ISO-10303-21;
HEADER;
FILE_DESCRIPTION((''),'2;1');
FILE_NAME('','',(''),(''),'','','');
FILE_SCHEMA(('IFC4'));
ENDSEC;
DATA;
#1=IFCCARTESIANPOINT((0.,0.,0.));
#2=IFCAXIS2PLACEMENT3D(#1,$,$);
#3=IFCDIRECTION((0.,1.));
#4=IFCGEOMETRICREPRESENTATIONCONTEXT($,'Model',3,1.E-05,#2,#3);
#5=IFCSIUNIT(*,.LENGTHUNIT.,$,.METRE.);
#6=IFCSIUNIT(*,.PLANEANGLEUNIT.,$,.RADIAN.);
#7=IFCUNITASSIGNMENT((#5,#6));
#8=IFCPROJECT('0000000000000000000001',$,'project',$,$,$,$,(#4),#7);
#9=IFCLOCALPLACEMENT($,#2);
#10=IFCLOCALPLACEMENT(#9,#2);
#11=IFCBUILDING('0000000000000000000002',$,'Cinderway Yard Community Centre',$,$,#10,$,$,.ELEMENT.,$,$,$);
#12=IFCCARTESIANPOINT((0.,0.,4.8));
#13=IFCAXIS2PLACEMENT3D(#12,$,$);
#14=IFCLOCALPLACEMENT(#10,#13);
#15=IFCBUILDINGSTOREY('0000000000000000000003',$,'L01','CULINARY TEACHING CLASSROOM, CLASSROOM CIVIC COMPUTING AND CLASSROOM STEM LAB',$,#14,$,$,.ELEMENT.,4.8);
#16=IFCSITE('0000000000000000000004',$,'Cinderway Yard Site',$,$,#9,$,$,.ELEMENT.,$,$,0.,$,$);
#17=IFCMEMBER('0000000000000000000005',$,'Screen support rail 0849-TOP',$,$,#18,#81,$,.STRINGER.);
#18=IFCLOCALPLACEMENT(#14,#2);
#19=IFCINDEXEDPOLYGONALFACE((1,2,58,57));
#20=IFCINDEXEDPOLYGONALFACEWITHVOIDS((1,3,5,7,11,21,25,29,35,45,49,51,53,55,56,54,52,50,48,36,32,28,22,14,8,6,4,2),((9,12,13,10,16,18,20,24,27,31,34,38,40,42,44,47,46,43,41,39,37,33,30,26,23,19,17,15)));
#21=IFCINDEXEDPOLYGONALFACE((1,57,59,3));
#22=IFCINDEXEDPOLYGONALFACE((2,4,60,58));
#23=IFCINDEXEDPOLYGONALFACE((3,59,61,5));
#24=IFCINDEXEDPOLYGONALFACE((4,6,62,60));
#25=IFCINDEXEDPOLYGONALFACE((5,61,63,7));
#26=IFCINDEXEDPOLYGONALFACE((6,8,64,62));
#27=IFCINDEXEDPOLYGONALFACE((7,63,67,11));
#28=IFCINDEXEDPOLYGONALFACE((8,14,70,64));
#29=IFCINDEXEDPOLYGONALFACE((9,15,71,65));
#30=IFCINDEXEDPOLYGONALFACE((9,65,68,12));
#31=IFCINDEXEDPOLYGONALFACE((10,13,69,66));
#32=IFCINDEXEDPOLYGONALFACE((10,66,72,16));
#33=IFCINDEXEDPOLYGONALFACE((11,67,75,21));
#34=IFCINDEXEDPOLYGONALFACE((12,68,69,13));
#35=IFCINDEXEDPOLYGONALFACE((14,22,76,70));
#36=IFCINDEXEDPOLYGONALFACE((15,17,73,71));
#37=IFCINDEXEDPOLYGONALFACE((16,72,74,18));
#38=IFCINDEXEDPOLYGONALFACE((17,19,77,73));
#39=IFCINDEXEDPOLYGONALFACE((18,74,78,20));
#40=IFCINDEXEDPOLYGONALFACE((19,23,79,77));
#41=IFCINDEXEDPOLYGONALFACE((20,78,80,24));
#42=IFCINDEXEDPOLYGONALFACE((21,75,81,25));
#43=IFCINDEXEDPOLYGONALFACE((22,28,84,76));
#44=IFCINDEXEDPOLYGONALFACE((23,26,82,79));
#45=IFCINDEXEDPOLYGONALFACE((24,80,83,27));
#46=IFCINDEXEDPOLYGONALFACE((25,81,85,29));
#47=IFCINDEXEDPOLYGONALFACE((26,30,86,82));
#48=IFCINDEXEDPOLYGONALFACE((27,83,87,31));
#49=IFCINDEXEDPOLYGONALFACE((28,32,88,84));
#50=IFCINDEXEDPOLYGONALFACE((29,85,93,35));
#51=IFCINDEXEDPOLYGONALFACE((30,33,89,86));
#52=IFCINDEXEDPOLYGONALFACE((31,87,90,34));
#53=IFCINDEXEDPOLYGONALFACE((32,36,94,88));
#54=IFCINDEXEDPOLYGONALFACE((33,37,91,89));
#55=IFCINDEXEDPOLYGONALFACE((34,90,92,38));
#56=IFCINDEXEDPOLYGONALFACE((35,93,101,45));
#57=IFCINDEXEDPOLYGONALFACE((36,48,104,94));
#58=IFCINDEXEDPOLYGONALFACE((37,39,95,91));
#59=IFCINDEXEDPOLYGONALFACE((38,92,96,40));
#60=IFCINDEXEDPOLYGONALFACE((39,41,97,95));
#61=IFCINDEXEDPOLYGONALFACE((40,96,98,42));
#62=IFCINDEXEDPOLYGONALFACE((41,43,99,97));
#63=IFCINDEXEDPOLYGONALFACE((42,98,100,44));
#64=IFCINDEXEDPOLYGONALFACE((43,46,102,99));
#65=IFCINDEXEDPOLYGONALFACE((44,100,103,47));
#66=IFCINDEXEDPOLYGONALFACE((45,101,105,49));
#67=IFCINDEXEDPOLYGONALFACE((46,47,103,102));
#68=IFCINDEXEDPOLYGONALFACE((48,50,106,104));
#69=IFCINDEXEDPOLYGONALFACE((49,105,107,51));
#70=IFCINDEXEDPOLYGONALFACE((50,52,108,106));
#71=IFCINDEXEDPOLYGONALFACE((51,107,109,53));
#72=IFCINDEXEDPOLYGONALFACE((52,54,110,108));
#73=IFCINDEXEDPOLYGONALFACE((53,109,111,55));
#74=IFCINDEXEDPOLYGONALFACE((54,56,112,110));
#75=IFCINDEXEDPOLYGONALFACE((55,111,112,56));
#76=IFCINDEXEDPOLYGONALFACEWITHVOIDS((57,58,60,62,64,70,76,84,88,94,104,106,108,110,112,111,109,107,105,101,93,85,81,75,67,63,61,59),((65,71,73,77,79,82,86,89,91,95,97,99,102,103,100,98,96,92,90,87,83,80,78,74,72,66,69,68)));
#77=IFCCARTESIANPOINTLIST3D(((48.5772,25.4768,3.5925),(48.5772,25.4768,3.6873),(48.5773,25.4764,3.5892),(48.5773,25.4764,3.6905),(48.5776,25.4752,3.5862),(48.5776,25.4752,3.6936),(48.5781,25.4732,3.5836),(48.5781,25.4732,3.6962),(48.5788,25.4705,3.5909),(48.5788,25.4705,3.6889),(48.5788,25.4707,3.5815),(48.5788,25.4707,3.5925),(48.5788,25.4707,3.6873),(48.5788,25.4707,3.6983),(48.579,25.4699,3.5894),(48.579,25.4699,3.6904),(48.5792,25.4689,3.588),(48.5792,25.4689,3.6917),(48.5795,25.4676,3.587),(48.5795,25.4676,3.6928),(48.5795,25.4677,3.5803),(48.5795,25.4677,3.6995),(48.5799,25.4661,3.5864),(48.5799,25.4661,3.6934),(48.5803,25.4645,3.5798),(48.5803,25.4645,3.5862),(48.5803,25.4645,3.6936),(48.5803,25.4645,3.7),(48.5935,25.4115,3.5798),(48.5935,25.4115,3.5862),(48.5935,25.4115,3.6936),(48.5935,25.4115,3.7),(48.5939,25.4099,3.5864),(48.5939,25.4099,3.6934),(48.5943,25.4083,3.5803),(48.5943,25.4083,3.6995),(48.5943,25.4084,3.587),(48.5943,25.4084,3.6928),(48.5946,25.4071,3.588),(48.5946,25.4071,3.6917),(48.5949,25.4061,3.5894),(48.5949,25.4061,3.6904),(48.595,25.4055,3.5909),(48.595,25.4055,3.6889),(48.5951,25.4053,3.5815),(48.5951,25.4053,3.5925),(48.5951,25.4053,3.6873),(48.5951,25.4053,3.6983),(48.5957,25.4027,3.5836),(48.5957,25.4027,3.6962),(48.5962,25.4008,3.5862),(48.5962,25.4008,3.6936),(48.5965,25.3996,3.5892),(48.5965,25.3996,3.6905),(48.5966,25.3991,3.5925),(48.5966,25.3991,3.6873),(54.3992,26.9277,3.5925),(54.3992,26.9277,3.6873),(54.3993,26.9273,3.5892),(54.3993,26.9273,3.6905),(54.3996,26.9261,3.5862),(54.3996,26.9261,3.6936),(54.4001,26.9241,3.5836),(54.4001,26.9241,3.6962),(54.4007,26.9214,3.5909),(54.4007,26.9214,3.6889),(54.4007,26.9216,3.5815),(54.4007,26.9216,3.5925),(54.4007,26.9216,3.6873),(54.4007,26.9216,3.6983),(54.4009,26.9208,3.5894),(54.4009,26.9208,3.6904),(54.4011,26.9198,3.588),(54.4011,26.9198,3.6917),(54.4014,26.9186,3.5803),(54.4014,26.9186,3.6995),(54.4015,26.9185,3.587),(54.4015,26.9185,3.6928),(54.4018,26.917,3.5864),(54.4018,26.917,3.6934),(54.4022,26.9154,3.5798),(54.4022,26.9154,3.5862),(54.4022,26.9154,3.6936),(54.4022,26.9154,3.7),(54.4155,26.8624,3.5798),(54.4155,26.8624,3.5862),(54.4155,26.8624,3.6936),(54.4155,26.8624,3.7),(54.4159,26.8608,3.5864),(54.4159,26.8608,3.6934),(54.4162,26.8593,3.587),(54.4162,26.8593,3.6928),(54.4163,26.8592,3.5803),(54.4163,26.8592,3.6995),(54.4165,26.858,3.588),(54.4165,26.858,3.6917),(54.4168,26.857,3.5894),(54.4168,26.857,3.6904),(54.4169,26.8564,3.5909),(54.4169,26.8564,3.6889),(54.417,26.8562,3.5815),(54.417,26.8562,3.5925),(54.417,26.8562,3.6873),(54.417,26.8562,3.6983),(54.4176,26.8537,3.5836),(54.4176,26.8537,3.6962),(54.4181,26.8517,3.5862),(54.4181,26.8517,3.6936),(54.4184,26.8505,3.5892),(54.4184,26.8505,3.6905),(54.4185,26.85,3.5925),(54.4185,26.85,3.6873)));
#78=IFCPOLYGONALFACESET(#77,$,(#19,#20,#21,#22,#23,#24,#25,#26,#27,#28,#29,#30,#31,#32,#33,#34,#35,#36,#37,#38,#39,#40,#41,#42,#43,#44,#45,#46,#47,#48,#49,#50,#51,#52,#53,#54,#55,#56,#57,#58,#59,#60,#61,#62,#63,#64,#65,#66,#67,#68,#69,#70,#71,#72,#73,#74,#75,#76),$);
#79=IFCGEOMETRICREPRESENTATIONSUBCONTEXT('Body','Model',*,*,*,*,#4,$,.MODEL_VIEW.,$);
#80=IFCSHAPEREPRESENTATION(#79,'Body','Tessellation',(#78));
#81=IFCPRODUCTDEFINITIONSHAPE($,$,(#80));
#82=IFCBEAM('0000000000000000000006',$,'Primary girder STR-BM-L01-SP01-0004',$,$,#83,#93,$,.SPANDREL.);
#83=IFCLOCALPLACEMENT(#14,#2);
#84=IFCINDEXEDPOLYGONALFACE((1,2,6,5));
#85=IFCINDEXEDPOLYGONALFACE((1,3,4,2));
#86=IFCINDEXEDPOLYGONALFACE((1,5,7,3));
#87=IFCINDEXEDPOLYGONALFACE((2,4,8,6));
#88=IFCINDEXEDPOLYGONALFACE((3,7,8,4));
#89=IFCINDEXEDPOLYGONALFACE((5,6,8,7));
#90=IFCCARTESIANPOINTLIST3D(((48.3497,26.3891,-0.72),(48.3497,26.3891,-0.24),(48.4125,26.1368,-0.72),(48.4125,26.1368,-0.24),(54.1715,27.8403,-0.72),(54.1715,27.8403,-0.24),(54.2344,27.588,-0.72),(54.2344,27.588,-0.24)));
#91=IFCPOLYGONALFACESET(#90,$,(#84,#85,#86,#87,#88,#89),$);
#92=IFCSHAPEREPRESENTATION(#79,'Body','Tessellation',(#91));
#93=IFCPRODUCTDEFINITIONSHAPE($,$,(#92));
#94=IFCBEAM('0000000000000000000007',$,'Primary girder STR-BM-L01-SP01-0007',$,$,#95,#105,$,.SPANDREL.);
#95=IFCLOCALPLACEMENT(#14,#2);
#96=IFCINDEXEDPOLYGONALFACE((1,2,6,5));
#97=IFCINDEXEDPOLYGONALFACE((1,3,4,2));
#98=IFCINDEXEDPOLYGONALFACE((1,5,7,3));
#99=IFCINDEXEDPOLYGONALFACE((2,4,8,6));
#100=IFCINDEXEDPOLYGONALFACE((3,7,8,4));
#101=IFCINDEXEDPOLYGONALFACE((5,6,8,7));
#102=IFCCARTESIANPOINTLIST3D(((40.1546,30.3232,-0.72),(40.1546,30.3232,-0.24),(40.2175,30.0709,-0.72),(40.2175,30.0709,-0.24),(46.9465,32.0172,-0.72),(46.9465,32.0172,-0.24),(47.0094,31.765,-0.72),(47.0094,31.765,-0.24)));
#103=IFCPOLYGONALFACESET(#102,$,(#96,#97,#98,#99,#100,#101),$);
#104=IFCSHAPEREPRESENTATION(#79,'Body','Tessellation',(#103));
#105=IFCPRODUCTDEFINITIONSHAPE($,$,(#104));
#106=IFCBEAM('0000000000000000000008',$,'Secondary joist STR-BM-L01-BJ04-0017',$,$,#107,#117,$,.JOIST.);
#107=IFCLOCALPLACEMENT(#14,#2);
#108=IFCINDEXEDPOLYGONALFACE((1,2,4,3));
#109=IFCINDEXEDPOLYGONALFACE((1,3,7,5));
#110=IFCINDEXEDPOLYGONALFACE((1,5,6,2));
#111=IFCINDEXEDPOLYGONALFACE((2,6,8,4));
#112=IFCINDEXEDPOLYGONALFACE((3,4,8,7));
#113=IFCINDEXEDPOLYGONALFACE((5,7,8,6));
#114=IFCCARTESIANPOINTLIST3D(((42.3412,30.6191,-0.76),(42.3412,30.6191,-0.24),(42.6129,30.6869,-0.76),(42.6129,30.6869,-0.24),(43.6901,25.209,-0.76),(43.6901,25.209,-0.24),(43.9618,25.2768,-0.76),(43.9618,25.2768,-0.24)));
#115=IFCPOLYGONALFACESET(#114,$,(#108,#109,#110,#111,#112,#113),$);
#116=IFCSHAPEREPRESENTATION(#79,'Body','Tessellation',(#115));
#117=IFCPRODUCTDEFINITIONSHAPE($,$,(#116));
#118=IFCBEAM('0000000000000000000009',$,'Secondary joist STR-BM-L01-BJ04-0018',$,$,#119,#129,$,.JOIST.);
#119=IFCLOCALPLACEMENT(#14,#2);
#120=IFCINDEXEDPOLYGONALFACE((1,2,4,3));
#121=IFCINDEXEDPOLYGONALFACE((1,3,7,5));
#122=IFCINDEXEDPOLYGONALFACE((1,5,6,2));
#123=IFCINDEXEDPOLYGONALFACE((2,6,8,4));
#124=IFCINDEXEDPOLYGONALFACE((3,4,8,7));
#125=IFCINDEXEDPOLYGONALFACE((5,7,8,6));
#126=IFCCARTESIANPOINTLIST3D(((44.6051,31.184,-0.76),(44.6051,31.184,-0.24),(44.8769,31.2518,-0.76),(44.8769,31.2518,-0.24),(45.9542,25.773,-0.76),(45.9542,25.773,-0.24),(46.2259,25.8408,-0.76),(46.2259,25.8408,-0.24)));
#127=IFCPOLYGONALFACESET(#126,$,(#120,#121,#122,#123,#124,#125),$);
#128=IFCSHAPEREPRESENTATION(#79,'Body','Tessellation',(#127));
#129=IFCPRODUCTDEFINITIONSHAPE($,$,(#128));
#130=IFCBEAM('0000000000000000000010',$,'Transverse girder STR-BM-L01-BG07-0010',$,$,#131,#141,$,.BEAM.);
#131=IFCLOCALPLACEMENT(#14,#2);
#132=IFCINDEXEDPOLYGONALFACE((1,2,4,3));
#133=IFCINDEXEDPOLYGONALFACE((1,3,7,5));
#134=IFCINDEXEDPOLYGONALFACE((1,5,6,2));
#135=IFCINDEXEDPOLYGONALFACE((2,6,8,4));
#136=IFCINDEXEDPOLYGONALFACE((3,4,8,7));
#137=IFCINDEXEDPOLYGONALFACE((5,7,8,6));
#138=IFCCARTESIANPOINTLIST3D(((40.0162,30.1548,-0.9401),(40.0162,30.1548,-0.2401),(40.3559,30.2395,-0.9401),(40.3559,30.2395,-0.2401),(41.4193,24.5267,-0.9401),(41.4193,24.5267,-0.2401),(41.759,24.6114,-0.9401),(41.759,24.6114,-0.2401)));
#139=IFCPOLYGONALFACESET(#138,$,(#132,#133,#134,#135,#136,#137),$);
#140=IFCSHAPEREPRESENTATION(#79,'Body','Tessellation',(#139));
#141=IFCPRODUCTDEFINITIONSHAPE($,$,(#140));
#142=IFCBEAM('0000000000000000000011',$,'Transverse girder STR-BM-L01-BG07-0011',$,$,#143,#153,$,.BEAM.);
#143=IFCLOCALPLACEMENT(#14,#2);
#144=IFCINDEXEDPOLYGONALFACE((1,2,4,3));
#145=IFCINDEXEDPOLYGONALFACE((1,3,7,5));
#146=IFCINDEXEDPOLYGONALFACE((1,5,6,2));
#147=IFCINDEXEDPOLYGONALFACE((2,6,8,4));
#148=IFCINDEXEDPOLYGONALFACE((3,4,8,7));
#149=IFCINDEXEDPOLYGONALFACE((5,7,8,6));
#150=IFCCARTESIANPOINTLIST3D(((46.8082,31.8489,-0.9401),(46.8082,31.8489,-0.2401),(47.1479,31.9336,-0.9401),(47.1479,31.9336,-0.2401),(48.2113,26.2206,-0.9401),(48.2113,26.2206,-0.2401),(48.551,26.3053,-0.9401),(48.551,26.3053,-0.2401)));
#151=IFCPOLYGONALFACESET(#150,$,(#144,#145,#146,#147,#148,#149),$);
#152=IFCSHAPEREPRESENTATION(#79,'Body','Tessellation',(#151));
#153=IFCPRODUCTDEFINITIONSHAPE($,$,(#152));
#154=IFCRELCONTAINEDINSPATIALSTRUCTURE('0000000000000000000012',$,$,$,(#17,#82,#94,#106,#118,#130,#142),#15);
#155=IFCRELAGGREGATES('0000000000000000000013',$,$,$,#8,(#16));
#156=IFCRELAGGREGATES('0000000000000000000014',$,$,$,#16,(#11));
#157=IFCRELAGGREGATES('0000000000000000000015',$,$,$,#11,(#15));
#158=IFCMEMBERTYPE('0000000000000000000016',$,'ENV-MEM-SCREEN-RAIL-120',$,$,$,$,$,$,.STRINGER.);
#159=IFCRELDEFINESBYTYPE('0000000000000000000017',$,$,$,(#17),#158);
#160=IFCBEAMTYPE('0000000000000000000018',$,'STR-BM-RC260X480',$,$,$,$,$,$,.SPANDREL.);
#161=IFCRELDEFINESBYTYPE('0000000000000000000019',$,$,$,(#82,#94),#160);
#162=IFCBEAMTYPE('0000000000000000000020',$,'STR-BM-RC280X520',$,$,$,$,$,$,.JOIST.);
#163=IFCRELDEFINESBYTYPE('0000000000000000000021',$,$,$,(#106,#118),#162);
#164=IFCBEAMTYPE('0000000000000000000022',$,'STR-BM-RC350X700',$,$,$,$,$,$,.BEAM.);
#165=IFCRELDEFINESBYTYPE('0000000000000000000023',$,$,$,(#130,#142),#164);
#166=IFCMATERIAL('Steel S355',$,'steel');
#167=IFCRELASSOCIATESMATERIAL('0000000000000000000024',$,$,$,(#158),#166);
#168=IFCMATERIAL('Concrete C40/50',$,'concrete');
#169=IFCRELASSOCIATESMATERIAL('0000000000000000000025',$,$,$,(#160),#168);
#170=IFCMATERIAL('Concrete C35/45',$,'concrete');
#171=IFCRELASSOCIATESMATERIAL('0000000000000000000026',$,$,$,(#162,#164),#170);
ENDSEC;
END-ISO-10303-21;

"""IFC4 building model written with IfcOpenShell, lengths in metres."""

from ifc_helpers import new_model, si_unit, direction, frame, origin, origin_2d, place, context, subcontext, project, spatial, rectangle, hollow_rectangle, extrude, material, material_profile, profile_set, type_object, element, save


model = new_model("IFC4")

# Units and contexts
model_context = context("Model", 3, precision=1e-05, world=origin(), true_north=direction((0.0, 1.0)))
body_context = subcontext(model_context, "Body", "Model", "MODEL_VIEW")
ifc_project = project(units=[si_unit("LENGTHUNIT", "METRE"), si_unit("PLANEANGLEUNIT", "RADIAN")], contexts=[model_context])

# Site, building, storey
site_placement = place(None, origin())
site = spatial("IfcSite", under=ifc_project, at=site_placement, Name="Cinderway Yard Site", CompositionType="ELEMENT", RefElevation=0.0)
building_placement = place(site_placement, origin())
building = spatial("IfcBuilding", under=site, at=building_placement, Name="Cinderway Yard Community Centre", CompositionType="ELEMENT")
storey_placement = place(building_placement, frame((0.0, 0.0, 4.8)))
storey = spatial("IfcBuildingStorey", under=building, at=storey_placement, Name="L01", Description="CULINARY TEACHING CLASSROOM, CLASSROOM CIVIC COMPUTING AND CLASSROOM STEM LAB", CompositionType="ELEMENT", Elevation=4.8)

# Shared definitions
ifc_material_1 = material(Name="Concrete C40/50", Category="concrete")

# Member
ifc_material_2 = material(Name="Steel S355", Category="steel")
ifc_material_profile_1 = material_profile(ifc_material_2, hollow_rectangle(XDim=0.0801, YDim=0.1201, WallThickness=0.0063, InnerFilletRadius=0.0063, OuterFilletRadius=0.0127, at=origin_2d()), Name="Steel S355")
ifc_profile_set_1 = profile_set([ifc_material_profile_1], Name="Steel S355")
member_type_1 = type_object("IfcMemberType", Name="ENV-MEM-SCREEN-RAIL-120", PredefinedType="STRINGER", material=ifc_profile_set_1)
for number, where, z_axis, x_axis, name in (
    (1, (48.5869, 25.438, 3.6399), (0.970322, 0.241818, 0.0), (-0.241818, 0.970322, 0.0), "Screen support rail 0849-TOP"),
):
    element("IfcMember", number, at=place(storey_placement, frame(where, z_axis=z_axis, x_axis=x_axis)), inside=storey, type_object=member_type_1, Name=name, PredefinedType="STRINGER", context=body_context, shape_type="SweptSolid", body=[
        extrude(hollow_rectangle(XDim=0.0801, YDim=0.1201, WallThickness=0.0063, InnerFilletRadius=0.0063, OuterFilletRadius=0.0127, at=origin_2d()), origin(), (0.0, 0.0, 1.0), 6.0),
    ])

# Beams
ifc_material_profile_2 = material_profile(ifc_material_1, rectangle(XDim=0.26, YDim=0.48, at=origin_2d()), Name="Concrete C40/50")
ifc_profile_set_2 = profile_set([ifc_material_profile_2], Name="Concrete C40/50")
beam_type_1 = type_object("IfcBeamType", Name="STR-BM-RC260X480", PredefinedType="SPANDREL", material=ifc_profile_set_2)
beam_1_placement = place(storey_placement, frame((48.3811, 26.2629, -0.48), z_axis=(0.97031, 0.241865, 0.0), x_axis=(-0.241865, 0.97031, 0.0)))
element("IfcBeam", 2, at=beam_1_placement, inside=storey, type_object=beam_type_1, Name="Primary girder STR-BM-L01-SP01-0004", PredefinedType="SPANDREL", context=body_context, shape_type="SweptSolid", body=[
    extrude(rectangle(XDim=0.26, YDim=0.48, at=origin_2d()), origin(), (0.0, 0.0, 1.0), 6.0),
])
beam_2_placement = place(storey_placement, frame((40.186, 30.197, -0.48), z_axis=(0.970274, 0.24201, 0.0), x_axis=(-0.24201, 0.970274, 0.0)))
element("IfcBeam", 3, at=beam_2_placement, inside=storey, type_object=beam_type_1, Name="Primary girder STR-BM-L01-SP01-0007", PredefinedType="SPANDREL", context=body_context, shape_type="SweptSolid", body=[
    extrude(rectangle(XDim=0.26, YDim=0.48, at=origin_2d()), origin(), (0.0, 0.0, 1.0), 7.0),
])
ifc_material_3 = material(Name="Concrete C35/45", Category="concrete")
ifc_material_profile_3 = material_profile(ifc_material_3, rectangle(XDim=0.28, YDim=0.52, at=origin_2d()), Name="Concrete C35/45")
ifc_profile_set_3 = profile_set([ifc_material_profile_3], Name="Concrete C35/45")
beam_type_2 = type_object("IfcBeamType", Name="STR-BM-RC280X520", PredefinedType="JOIST", material=ifc_profile_set_3)
beam_3_placement = place(storey_placement, frame((43.8259, 25.2429, -0.5), z_axis=(-0.241917, 0.970297, 0.0), x_axis=(-0.970297, -0.241917, 0.0)))
element("IfcBeam", 4, at=beam_3_placement, inside=storey, type_object=beam_type_2, Name="Secondary joist STR-BM-L01-BJ04-0017", PredefinedType="JOIST", context=body_context, shape_type="SweptSolid", body=[
    extrude(rectangle(XDim=0.28, YDim=0.52, at=origin_2d()), origin(), (0.0, 0.0, 1.0), 5.5757),
])
beam_4_placement = place(storey_placement, frame((46.0901, 25.8069, -0.5), z_axis=(-0.241918, 0.970297, 0.0), x_axis=(-0.970297, -0.241918, 0.0)))
element("IfcBeam", 5, at=beam_4_placement, inside=storey, type_object=beam_type_2, Name="Secondary joist STR-BM-L01-BJ04-0018", PredefinedType="JOIST", context=body_context, shape_type="SweptSolid", body=[
    extrude(rectangle(XDim=0.28, YDim=0.52, at=origin_2d()), origin(), (0.0, 0.0, 1.0), 5.5767),
])
ifc_material_profile_4 = material_profile(ifc_material_3, rectangle(XDim=0.3501, YDim=0.7, at=origin_2d()), Name="Concrete C35/45")
ifc_profile_set_4 = profile_set([ifc_material_profile_4], Name="Concrete C35/45")
beam_type_3 = type_object("IfcBeamType", Name="STR-BM-RC350X700", PredefinedType="BEAM", material=ifc_profile_set_4)
beam_5_placement = place(storey_placement, frame((41.5891, 24.5691, -0.5901), z_axis=(-0.241902, 0.970301, 0.0), x_axis=(-0.970301, -0.241902, 0.0)))
element("IfcBeam", 6, at=beam_5_placement, inside=storey, type_object=beam_type_3, Name="Transverse girder STR-BM-L01-BG07-0010", PredefinedType="BEAM", context=body_context, shape_type="SweptSolid", body=[
    extrude(rectangle(XDim=0.3501, YDim=0.7, at=origin_2d()), origin(), (0.0, 0.0, 1.0), 5.8003),
])
beam_6_placement = place(storey_placement, frame((48.3811, 26.2629, -0.5901), z_axis=(-0.241892, 0.970303, 0.0), x_axis=(-0.970303, -0.241892, 0.0)))
element("IfcBeam", 7, at=beam_6_placement, inside=storey, type_object=beam_type_3, Name="Transverse girder STR-BM-L01-BG07-0011", PredefinedType="BEAM", context=body_context, shape_type="SweptSolid", body=[
    extrude(rectangle(XDim=0.3501, YDim=0.7, at=origin_2d()), origin(), (0.0, 0.0, 1.0), 5.8005),
])

save(model, "model.ifc")
